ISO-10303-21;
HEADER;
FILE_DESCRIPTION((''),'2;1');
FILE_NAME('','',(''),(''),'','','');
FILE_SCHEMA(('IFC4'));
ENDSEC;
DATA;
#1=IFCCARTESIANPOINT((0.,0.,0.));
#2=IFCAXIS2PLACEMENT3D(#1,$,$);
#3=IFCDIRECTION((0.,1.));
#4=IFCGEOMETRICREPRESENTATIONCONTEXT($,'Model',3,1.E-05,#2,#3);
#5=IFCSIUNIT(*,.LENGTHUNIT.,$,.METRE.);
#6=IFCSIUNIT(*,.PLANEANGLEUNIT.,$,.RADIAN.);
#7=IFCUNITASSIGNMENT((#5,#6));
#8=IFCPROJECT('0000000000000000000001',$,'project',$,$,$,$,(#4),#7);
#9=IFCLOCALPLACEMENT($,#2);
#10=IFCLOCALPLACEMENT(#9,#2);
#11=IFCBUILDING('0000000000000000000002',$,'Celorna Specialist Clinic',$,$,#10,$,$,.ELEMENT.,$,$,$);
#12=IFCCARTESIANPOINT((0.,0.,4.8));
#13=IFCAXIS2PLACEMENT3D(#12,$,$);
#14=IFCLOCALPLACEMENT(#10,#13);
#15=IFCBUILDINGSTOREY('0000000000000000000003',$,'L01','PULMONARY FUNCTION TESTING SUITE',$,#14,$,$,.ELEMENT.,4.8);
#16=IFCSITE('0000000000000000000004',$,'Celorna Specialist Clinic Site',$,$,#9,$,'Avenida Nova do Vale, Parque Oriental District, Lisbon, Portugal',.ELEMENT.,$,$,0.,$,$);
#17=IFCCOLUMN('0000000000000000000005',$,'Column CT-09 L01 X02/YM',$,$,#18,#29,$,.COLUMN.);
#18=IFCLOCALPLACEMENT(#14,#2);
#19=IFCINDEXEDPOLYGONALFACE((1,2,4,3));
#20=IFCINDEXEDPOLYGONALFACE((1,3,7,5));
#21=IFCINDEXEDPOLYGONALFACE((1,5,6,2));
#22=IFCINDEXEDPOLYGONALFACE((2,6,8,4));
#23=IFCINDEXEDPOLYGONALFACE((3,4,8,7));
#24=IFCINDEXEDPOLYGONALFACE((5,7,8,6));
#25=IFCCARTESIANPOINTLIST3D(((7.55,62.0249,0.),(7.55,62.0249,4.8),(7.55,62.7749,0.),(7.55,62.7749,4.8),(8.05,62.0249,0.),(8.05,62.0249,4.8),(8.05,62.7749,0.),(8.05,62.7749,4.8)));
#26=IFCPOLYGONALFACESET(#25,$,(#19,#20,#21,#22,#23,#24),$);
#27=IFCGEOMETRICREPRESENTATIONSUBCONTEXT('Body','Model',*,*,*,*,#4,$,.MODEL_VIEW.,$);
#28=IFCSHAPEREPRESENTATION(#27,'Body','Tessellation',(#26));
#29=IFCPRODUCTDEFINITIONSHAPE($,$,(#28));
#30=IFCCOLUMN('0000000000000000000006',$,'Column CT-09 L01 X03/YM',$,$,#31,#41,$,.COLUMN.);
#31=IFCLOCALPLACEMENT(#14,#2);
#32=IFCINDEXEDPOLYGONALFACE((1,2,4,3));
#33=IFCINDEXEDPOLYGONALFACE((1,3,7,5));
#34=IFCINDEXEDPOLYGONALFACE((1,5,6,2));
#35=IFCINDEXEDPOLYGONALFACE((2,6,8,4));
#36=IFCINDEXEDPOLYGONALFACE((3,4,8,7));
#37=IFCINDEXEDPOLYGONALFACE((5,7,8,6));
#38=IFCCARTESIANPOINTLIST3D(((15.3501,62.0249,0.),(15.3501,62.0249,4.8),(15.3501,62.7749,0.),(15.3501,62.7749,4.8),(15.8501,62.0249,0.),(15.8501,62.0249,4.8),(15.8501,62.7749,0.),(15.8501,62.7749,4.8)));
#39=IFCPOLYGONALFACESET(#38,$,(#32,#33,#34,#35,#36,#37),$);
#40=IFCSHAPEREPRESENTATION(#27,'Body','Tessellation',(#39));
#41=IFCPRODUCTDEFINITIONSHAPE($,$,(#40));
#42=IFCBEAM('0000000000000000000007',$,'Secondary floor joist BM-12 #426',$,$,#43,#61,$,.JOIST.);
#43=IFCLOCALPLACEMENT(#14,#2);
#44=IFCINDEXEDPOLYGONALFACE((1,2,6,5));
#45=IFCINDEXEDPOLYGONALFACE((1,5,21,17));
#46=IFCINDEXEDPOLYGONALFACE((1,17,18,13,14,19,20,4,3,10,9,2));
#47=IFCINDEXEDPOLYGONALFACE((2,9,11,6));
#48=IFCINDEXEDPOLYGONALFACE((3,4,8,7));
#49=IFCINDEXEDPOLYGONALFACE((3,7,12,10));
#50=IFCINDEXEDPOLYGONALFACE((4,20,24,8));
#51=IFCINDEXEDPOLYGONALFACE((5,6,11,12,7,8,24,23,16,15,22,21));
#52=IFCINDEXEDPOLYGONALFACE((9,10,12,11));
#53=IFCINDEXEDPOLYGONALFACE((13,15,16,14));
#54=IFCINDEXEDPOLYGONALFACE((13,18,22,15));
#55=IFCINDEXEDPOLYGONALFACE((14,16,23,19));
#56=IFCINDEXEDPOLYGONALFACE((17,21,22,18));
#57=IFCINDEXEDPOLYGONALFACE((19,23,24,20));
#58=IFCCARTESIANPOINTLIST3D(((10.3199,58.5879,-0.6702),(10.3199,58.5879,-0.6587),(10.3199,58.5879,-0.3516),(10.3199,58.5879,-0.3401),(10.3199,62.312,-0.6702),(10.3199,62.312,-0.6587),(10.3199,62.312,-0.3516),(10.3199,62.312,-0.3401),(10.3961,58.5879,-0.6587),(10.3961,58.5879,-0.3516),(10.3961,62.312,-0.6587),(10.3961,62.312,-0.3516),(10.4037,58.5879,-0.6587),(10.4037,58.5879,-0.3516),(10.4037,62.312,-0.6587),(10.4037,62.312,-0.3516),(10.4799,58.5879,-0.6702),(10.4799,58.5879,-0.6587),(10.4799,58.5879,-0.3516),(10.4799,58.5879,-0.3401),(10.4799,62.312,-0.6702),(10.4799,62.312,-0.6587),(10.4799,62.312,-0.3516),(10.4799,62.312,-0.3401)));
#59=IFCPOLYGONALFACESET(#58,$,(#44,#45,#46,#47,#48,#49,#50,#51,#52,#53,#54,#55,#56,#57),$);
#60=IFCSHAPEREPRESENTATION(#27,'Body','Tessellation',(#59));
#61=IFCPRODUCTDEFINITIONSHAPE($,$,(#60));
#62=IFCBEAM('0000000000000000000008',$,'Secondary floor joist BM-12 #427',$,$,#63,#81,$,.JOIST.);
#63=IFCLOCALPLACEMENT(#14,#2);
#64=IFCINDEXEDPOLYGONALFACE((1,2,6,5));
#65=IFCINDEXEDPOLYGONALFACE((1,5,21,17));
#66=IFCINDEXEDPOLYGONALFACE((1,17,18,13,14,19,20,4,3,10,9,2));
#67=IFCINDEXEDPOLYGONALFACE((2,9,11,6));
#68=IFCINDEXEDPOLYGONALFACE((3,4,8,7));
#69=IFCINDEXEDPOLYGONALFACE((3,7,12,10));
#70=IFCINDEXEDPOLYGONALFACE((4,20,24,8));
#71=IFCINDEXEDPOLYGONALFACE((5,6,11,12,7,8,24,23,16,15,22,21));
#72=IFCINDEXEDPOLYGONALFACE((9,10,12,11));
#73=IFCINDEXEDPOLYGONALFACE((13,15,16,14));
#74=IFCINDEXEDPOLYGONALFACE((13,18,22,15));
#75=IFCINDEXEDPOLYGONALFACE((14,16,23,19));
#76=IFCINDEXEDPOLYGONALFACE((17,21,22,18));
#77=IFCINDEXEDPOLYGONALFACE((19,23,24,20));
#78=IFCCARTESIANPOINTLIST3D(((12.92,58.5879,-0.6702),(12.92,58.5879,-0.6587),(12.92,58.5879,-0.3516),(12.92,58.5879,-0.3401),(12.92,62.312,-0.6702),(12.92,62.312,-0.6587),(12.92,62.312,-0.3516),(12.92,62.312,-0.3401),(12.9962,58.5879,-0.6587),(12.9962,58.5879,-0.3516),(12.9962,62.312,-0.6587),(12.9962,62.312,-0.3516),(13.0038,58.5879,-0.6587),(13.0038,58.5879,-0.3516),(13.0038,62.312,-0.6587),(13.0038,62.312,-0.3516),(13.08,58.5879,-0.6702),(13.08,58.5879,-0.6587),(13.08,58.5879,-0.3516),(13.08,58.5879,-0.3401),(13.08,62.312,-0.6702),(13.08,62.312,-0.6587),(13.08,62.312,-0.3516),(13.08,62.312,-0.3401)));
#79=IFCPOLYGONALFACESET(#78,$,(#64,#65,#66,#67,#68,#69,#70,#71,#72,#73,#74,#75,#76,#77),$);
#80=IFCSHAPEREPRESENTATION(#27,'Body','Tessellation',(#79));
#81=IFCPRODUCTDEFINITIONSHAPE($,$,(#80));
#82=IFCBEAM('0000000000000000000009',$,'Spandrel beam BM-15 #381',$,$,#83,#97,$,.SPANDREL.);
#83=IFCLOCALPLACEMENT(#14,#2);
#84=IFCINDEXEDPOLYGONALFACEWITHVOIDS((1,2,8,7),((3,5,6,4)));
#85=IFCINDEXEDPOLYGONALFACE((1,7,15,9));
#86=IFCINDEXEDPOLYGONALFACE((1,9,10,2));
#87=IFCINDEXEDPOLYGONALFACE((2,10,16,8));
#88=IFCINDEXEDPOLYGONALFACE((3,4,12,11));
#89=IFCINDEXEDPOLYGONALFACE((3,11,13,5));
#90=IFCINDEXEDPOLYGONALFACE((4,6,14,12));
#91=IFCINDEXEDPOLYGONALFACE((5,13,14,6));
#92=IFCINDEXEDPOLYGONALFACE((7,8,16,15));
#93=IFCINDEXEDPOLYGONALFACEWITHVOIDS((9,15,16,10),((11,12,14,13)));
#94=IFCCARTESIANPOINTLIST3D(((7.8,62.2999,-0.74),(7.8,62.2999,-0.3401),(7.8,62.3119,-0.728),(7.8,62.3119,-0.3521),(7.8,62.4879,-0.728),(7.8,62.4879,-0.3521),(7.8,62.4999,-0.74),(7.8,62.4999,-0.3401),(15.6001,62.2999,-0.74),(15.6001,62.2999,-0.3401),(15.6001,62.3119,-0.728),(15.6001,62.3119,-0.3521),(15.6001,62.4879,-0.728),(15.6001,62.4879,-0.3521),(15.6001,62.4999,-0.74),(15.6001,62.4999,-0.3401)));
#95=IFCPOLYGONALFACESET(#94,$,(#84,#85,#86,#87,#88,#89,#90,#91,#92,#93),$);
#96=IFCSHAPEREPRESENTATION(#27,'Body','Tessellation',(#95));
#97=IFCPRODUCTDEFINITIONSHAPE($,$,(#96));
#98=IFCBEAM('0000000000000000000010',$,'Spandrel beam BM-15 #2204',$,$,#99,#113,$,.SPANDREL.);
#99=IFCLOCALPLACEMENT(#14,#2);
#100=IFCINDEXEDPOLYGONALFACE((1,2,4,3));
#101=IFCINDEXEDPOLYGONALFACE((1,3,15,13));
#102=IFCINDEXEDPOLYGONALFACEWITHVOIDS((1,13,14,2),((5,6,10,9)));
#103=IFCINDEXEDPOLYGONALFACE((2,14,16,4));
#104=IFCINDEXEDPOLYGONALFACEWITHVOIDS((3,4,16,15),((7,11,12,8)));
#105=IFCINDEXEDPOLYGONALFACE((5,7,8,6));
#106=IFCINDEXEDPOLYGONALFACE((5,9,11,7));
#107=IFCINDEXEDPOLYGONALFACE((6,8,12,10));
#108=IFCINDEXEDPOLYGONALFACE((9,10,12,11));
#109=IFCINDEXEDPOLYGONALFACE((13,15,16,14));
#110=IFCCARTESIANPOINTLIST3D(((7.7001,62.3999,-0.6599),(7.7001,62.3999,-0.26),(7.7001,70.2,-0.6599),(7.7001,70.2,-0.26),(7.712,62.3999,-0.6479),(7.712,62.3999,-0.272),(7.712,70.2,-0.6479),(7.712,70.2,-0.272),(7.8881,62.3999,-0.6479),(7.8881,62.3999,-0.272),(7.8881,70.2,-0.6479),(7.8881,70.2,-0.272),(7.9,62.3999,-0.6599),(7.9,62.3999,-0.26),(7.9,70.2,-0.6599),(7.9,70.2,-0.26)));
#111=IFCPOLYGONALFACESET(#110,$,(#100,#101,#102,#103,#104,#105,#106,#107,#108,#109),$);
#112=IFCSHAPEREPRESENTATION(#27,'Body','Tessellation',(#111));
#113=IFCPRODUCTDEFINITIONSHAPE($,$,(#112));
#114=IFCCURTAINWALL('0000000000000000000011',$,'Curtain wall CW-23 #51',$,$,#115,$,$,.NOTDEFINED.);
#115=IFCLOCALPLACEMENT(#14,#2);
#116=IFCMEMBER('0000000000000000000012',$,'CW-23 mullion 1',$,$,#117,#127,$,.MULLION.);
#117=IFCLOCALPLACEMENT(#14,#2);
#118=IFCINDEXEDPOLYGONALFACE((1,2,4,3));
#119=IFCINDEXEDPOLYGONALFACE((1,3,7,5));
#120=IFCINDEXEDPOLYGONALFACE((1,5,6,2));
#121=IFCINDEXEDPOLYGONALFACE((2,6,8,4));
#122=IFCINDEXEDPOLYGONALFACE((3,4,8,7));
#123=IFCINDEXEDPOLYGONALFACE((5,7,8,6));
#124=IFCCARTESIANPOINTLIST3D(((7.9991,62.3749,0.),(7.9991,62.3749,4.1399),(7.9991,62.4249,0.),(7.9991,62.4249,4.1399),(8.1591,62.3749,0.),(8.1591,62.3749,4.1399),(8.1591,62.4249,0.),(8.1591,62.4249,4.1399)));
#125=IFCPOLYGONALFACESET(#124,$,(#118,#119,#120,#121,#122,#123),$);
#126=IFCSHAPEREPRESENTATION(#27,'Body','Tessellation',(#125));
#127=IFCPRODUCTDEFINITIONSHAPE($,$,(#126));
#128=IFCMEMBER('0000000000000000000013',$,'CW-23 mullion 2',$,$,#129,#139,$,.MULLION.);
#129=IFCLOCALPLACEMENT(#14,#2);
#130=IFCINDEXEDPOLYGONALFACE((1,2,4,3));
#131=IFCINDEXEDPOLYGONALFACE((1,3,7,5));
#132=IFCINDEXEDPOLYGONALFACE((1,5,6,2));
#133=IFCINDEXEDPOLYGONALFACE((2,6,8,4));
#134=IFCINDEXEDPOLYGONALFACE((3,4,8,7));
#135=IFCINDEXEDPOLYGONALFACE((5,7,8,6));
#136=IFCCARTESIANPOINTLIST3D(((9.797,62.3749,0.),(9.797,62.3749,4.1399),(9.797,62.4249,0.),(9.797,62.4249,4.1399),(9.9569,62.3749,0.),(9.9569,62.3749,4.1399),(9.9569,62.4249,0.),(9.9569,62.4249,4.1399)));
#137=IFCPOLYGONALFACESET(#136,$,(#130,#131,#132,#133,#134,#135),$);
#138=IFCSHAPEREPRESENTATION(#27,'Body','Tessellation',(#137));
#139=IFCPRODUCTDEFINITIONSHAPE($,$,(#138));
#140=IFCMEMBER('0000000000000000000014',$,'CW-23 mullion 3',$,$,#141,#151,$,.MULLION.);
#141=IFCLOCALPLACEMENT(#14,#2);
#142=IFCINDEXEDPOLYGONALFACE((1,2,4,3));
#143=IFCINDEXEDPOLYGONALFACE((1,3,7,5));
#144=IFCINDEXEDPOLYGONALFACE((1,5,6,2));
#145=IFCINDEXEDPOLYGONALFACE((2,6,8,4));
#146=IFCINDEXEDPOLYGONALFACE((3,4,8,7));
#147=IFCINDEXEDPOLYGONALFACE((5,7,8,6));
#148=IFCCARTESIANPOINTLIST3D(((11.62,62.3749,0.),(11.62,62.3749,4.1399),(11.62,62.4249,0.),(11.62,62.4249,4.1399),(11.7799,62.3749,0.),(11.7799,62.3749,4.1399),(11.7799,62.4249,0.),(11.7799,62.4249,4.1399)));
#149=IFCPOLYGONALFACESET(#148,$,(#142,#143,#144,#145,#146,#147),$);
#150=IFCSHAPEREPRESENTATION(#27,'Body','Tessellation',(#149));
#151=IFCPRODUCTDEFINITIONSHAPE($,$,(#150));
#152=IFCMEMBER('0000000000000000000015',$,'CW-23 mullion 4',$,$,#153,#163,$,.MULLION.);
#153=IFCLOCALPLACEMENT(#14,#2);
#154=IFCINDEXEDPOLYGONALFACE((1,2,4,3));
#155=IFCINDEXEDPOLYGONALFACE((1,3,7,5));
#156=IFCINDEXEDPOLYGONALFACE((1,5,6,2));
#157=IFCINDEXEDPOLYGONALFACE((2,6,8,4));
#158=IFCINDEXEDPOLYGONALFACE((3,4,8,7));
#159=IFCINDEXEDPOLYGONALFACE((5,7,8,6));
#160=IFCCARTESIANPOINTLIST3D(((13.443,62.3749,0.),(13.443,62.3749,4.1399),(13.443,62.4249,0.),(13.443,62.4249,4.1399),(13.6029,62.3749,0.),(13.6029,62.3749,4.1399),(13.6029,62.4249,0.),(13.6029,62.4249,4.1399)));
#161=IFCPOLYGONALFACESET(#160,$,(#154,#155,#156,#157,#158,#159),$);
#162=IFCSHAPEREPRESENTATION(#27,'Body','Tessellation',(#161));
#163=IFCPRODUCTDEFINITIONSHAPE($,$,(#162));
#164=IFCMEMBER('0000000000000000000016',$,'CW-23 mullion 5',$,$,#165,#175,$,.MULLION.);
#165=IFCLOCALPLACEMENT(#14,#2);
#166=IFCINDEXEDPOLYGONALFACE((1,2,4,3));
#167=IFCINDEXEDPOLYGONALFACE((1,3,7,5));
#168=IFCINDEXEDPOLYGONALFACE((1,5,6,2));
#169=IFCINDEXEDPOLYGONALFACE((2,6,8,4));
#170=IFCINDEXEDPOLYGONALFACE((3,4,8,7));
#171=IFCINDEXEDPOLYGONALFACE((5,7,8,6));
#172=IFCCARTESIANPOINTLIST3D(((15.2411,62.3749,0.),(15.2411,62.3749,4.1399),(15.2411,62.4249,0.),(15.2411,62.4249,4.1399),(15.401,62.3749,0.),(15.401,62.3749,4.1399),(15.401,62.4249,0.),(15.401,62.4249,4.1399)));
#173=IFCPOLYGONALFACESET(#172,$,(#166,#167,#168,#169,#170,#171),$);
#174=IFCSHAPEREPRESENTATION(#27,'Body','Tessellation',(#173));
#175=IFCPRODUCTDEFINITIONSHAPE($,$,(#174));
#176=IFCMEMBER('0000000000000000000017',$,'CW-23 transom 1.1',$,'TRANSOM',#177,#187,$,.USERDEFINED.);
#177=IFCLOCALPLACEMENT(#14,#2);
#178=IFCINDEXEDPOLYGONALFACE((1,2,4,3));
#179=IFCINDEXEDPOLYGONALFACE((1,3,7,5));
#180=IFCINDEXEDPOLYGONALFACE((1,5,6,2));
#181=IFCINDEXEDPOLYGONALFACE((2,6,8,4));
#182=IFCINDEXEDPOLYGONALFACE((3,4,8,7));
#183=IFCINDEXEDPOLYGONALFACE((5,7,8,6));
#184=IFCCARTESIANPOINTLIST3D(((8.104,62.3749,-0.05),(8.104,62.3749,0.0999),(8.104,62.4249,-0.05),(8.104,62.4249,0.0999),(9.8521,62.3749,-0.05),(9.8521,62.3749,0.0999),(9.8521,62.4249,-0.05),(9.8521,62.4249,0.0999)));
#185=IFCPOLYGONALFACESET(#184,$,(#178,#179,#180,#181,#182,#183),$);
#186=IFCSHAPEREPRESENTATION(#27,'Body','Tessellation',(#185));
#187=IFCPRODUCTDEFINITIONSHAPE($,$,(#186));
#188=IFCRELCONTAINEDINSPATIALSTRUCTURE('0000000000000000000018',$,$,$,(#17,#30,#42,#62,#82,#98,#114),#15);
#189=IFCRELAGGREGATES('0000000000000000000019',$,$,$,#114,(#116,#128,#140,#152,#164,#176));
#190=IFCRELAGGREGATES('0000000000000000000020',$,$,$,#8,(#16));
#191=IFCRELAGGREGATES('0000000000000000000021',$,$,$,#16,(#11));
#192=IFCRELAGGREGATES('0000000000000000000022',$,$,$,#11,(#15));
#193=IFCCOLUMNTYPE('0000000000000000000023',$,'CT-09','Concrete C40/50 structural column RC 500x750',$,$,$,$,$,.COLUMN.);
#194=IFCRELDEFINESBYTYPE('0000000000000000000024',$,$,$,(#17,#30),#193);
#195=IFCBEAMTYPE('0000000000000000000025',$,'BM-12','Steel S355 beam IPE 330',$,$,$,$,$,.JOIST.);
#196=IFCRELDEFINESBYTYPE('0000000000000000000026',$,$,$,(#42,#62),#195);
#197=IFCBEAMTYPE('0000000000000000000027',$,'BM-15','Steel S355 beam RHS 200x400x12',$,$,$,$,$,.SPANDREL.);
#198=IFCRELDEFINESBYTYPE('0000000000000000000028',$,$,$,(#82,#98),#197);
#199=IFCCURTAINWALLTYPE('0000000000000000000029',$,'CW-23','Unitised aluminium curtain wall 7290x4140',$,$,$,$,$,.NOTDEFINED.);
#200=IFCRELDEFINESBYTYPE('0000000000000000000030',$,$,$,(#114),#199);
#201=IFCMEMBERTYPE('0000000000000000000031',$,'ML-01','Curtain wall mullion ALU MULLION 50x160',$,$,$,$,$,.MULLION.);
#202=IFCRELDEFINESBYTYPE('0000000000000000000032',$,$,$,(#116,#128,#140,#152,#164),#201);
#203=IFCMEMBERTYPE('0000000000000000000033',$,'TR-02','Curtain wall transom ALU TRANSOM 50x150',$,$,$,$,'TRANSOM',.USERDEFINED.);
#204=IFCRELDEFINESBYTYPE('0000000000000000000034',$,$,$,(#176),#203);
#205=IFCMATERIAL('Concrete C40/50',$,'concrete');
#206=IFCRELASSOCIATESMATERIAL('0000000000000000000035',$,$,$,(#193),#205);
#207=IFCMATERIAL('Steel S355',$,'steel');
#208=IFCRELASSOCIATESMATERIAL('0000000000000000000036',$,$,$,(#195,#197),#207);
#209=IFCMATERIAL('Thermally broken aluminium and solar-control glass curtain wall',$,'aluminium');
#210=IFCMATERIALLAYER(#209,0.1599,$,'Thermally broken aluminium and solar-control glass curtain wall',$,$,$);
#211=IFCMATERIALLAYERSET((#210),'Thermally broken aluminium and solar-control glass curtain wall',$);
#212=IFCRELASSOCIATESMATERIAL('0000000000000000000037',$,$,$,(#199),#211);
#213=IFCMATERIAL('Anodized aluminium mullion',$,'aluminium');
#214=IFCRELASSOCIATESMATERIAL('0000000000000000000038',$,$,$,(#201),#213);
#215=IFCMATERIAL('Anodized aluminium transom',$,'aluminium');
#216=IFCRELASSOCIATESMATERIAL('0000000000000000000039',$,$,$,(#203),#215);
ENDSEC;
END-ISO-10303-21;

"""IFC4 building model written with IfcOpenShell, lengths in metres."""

from ifc_helpers import new_model, si_unit, direction, frame, origin, origin_2d, place, context, subcontext, project, spatial, rectangle, hollow_rectangle, i_section, extrude, material, layer, layer_set, material_profile, profile_set, type_object, element, aggregate, save


model = new_model("IFC4")

# Units and contexts
model_context = context("Model", 3, precision=1e-05, world=origin(), true_north=direction((0.0, 1.0)))
body_context = subcontext(model_context, "Body", "Model", "MODEL_VIEW")
ifc_project = project(units=[si_unit("LENGTHUNIT", "METRE"), si_unit("PLANEANGLEUNIT", "RADIAN")], contexts=[model_context])

# Site, building, storey
site_placement = place(None, origin())
site = spatial("IfcSite", under=ifc_project, at=site_placement, Name="Celorna Specialist Clinic Site", LongName="Avenida Nova do Vale, Parque Oriental District, Lisbon, Portugal", CompositionType="ELEMENT", RefElevation=0.0)
building_placement = place(site_placement, origin())
building = spatial("IfcBuilding", under=site, at=building_placement, Name="Celorna Specialist Clinic", CompositionType="ELEMENT")
storey_placement = place(building_placement, frame((0.0, 0.0, 4.8)))
storey = spatial("IfcBuildingStorey", under=building, at=storey_placement, Name="L01", Description="PULMONARY FUNCTION TESTING SUITE", CompositionType="ELEMENT", Elevation=4.8)

# Columns
ifc_material_1 = material(Name="Concrete C40/50", Category="concrete")
ifc_material_profile_1 = material_profile(ifc_material_1, rectangle(XDim=0.5, YDim=0.75, at=origin_2d()), Name="RC 500x750")
ifc_profile_set_1 = profile_set([ifc_material_profile_1], Name="Concrete C40/50")
column_type = type_object("IfcColumnType", Name="CT-09", Description="Concrete C40/50 structural column RC 500x750", PredefinedType="COLUMN", material=ifc_profile_set_1)
for number, where, z_axis, x_axis, name in (
    (1, (7.8, 62.3999, 0.0), (0.0, 0.0, 1.0), (1.0, 0.0, 0.0), "Column CT-09 L01 X02/YM"),
    (2, (15.6001, 62.3999, 0.0), (0.0, 0.0, 1.0), (1.0, 0.0, 0.0), "Column CT-09 L01 X03/YM"),
):
    element("IfcColumn", number, at=place(storey_placement, frame(where, z_axis=z_axis, x_axis=x_axis)), inside=storey, type_object=column_type, Name=name, PredefinedType="COLUMN", context=body_context, shape_type="SweptSolid", body=[
        extrude(rectangle(XDim=0.5, YDim=0.75, at=origin_2d()), origin(), (0.0, 0.0, 1.0), 4.8),
    ])

# Beams
ifc_material_2 = material(Name="Steel S355", Category="steel")
ifc_material_profile_2 = material_profile(ifc_material_2, i_section(OverallWidth=0.1599, OverallDepth=0.3301, WebThickness=0.0076, FlangeThickness=0.0115, at=origin_2d()), Name="IPE 330")
ifc_profile_set_2 = profile_set([ifc_material_profile_2], Name="Steel S355")
beam_type_1 = type_object("IfcBeamType", Name="BM-12", Description="Steel S355 beam IPE 330", PredefinedType="JOIST", material=ifc_profile_set_2)
for number, where, z_axis, x_axis, name in (
    (3, (10.3999, 58.5879, -0.5051), (0.0, 1.0, 0.0), (-1.0, 0.0, 0.0), "Secondary floor joist BM-12 #426"),
    (4, (13.0, 58.5879, -0.5051), (0.0, 1.0, 0.0), (-1.0, 0.0, 0.0), "Secondary floor joist BM-12 #427"),
):
    element("IfcBeam", number, at=place(storey_placement, frame(where, z_axis=z_axis, x_axis=x_axis)), inside=storey, type_object=beam_type_1, Name=name, PredefinedType="JOIST", context=body_context, shape_type="SweptSolid", body=[
        extrude(i_section(OverallWidth=0.1599, OverallDepth=0.3301, WebThickness=0.0076, FlangeThickness=0.0115, at=origin_2d()), origin(), (0.0, 0.0, 1.0), 3.7241),
    ])
ifc_material_profile_3 = material_profile(ifc_material_2, hollow_rectangle(XDim=0.2, YDim=0.3999, WallThickness=0.012, at=origin_2d()), Name="RHS 200x400x12")
ifc_profile_set_3 = profile_set([ifc_material_profile_3], Name="Steel S355")
beam_type_2 = type_object("IfcBeamType", Name="BM-15", Description="Steel S355 beam RHS 200x400x12", PredefinedType="SPANDREL", material=ifc_profile_set_3)
for number, where, z_axis, x_axis, name in (
    (5, (7.8, 62.3999, -0.54), (1.0, 0.0, 0.0), (0.0, 1.0, 0.0), "Spandrel beam BM-15 #381"),
    (6, (7.8, 62.3999, -0.46), (0.0, 1.0, 0.0), (-1.0, 0.0, 0.0), "Spandrel beam BM-15 #2204"),
):
    element("IfcBeam", number, at=place(storey_placement, frame(where, z_axis=z_axis, x_axis=x_axis)), inside=storey, type_object=beam_type_2, Name=name, PredefinedType="SPANDREL", context=body_context, shape_type="SweptSolid", body=[
        extrude(hollow_rectangle(XDim=0.2, YDim=0.3999, WallThickness=0.012, at=origin_2d()), origin(), (0.0, 0.0, 1.0), 7.8),
    ])

# Curtain wall, members
ifc_material_3 = material(Name="Thermally broken aluminium and solar-control glass curtain wall", Category="aluminium")
ifc_layer_1 = layer(ifc_material_3, 0.1599, Name="Thermally broken aluminium and solar-control glass curtain wall")
ifc_layer_set_1 = layer_set([ifc_layer_1], Name="Thermally broken aluminium and solar-control glass curtain wall")
curtain_wall_type = type_object("IfcCurtainWallType", Name="CW-23", Description="Unitised aluminium curtain wall 7290x4140", PredefinedType="NOTDEFINED", material=ifc_layer_set_1)
curtain_wall_placement = place(storey_placement, origin())
curtain_wall = element("IfcCurtainWall", 7, at=curtain_wall_placement, inside=storey, type_object=curtain_wall_type, Name="Curtain wall CW-23 #51", PredefinedType="NOTDEFINED")
ifc_material_4 = material(Name="Anodized aluminium mullion", Category="aluminium")
ifc_material_profile_4 = material_profile(ifc_material_4, rectangle(XDim=0.05, YDim=0.1599, at=origin_2d()), Name="ALU MULLION 50x160")
ifc_profile_set_4 = profile_set([ifc_material_profile_4], Name="Anodized aluminium mullion")
member_type_1 = type_object("IfcMemberType", Name="ML-01", Description="Curtain wall mullion ALU MULLION 50x160", PredefinedType="MULLION", material=ifc_profile_set_4)
member_1_placement = place(storey_placement, frame((8.0791, 62.3999, 0.0), z_axis=(0.0, 0.0, 1.0), x_axis=(0.0, 1.0, 0.0)))
member_1 = element("IfcMember", 8, at=member_1_placement, type_object=member_type_1, Name="CW-23 mullion 1", PredefinedType="MULLION", context=body_context, shape_type="SweptSolid", body=[
    extrude(rectangle(XDim=0.05, YDim=0.1599, at=origin_2d()), origin(), (0.0, 0.0, 1.0), 4.1399),
])
member_2_placement = place(storey_placement, frame((9.877, 62.3999, 0.0), z_axis=(0.0, 0.0, 1.0), x_axis=(0.0, 1.0, 0.0)))
member_2 = element("IfcMember", 9, at=member_2_placement, type_object=member_type_1, Name="CW-23 mullion 2", PredefinedType="MULLION", context=body_context, shape_type="SweptSolid", body=[
    extrude(rectangle(XDim=0.05, YDim=0.1599, at=origin_2d()), origin(), (0.0, 0.0, 1.0), 4.1399),
])
member_3_placement = place(storey_placement, frame((11.7, 62.3999, 0.0), z_axis=(0.0, 0.0, 1.0), x_axis=(0.0, 1.0, 0.0)))
member_3 = element("IfcMember", 10, at=member_3_placement, type_object=member_type_1, Name="CW-23 mullion 3", PredefinedType="MULLION", context=body_context, shape_type="SweptSolid", body=[
    extrude(rectangle(XDim=0.05, YDim=0.1599, at=origin_2d()), origin(), (0.0, 0.0, 1.0), 4.1399),
])
member_4_placement = place(storey_placement, frame((13.5229, 62.3999, 0.0), z_axis=(0.0, 0.0, 1.0), x_axis=(0.0, 1.0, 0.0)))
member_4 = element("IfcMember", 11, at=member_4_placement, type_object=member_type_1, Name="CW-23 mullion 4", PredefinedType="MULLION", context=body_context, shape_type="SweptSolid", body=[
    extrude(rectangle(XDim=0.05, YDim=0.1599, at=origin_2d()), origin(), (0.0, 0.0, 1.0), 4.1399),
])
member_5_placement = place(storey_placement, frame((15.321, 62.3999, 0.0), z_axis=(0.0, 0.0, 1.0), x_axis=(0.0, 1.0, 0.0)))
member_5 = element("IfcMember", 12, at=member_5_placement, type_object=member_type_1, Name="CW-23 mullion 5", PredefinedType="MULLION", context=body_context, shape_type="SweptSolid", body=[
    extrude(rectangle(XDim=0.05, YDim=0.1599, at=origin_2d()), origin(), (0.0, 0.0, 1.0), 4.1399),
])
ifc_material_5 = material(Name="Anodized aluminium transom", Category="aluminium")
ifc_material_profile_5 = material_profile(ifc_material_5, rectangle(XDim=0.05, YDim=0.1499, at=origin_2d()), Name="ALU TRANSOM 50x150")
ifc_profile_set_5 = profile_set([ifc_material_profile_5], Name="Anodized aluminium transom")
member_type_2 = type_object("IfcMemberType", Name="TR-02", Description="Curtain wall transom ALU TRANSOM 50x150", ElementType="TRANSOM", PredefinedType="USERDEFINED", material=ifc_profile_set_5)
member_6_placement = place(storey_placement, frame((8.104, 62.3999, 0.0249), z_axis=(1.0, 0.0, 0.0), x_axis=(0.0, 1.0, 0.0)))
member_6 = element("IfcMember", 13, at=member_6_placement, type_object=member_type_2, Name="CW-23 transom 1.1", ObjectType="TRANSOM", PredefinedType="USERDEFINED", context=body_context, shape_type="SweptSolid", body=[
    extrude(rectangle(XDim=0.05, YDim=0.1499, at=origin_2d()), origin(), (0.0, 0.0, 1.0), 1.748),
])
aggregate(curtain_wall, [member_1, member_2, member_3, member_4, member_5, member_6])

save(model, "model.ifc")
